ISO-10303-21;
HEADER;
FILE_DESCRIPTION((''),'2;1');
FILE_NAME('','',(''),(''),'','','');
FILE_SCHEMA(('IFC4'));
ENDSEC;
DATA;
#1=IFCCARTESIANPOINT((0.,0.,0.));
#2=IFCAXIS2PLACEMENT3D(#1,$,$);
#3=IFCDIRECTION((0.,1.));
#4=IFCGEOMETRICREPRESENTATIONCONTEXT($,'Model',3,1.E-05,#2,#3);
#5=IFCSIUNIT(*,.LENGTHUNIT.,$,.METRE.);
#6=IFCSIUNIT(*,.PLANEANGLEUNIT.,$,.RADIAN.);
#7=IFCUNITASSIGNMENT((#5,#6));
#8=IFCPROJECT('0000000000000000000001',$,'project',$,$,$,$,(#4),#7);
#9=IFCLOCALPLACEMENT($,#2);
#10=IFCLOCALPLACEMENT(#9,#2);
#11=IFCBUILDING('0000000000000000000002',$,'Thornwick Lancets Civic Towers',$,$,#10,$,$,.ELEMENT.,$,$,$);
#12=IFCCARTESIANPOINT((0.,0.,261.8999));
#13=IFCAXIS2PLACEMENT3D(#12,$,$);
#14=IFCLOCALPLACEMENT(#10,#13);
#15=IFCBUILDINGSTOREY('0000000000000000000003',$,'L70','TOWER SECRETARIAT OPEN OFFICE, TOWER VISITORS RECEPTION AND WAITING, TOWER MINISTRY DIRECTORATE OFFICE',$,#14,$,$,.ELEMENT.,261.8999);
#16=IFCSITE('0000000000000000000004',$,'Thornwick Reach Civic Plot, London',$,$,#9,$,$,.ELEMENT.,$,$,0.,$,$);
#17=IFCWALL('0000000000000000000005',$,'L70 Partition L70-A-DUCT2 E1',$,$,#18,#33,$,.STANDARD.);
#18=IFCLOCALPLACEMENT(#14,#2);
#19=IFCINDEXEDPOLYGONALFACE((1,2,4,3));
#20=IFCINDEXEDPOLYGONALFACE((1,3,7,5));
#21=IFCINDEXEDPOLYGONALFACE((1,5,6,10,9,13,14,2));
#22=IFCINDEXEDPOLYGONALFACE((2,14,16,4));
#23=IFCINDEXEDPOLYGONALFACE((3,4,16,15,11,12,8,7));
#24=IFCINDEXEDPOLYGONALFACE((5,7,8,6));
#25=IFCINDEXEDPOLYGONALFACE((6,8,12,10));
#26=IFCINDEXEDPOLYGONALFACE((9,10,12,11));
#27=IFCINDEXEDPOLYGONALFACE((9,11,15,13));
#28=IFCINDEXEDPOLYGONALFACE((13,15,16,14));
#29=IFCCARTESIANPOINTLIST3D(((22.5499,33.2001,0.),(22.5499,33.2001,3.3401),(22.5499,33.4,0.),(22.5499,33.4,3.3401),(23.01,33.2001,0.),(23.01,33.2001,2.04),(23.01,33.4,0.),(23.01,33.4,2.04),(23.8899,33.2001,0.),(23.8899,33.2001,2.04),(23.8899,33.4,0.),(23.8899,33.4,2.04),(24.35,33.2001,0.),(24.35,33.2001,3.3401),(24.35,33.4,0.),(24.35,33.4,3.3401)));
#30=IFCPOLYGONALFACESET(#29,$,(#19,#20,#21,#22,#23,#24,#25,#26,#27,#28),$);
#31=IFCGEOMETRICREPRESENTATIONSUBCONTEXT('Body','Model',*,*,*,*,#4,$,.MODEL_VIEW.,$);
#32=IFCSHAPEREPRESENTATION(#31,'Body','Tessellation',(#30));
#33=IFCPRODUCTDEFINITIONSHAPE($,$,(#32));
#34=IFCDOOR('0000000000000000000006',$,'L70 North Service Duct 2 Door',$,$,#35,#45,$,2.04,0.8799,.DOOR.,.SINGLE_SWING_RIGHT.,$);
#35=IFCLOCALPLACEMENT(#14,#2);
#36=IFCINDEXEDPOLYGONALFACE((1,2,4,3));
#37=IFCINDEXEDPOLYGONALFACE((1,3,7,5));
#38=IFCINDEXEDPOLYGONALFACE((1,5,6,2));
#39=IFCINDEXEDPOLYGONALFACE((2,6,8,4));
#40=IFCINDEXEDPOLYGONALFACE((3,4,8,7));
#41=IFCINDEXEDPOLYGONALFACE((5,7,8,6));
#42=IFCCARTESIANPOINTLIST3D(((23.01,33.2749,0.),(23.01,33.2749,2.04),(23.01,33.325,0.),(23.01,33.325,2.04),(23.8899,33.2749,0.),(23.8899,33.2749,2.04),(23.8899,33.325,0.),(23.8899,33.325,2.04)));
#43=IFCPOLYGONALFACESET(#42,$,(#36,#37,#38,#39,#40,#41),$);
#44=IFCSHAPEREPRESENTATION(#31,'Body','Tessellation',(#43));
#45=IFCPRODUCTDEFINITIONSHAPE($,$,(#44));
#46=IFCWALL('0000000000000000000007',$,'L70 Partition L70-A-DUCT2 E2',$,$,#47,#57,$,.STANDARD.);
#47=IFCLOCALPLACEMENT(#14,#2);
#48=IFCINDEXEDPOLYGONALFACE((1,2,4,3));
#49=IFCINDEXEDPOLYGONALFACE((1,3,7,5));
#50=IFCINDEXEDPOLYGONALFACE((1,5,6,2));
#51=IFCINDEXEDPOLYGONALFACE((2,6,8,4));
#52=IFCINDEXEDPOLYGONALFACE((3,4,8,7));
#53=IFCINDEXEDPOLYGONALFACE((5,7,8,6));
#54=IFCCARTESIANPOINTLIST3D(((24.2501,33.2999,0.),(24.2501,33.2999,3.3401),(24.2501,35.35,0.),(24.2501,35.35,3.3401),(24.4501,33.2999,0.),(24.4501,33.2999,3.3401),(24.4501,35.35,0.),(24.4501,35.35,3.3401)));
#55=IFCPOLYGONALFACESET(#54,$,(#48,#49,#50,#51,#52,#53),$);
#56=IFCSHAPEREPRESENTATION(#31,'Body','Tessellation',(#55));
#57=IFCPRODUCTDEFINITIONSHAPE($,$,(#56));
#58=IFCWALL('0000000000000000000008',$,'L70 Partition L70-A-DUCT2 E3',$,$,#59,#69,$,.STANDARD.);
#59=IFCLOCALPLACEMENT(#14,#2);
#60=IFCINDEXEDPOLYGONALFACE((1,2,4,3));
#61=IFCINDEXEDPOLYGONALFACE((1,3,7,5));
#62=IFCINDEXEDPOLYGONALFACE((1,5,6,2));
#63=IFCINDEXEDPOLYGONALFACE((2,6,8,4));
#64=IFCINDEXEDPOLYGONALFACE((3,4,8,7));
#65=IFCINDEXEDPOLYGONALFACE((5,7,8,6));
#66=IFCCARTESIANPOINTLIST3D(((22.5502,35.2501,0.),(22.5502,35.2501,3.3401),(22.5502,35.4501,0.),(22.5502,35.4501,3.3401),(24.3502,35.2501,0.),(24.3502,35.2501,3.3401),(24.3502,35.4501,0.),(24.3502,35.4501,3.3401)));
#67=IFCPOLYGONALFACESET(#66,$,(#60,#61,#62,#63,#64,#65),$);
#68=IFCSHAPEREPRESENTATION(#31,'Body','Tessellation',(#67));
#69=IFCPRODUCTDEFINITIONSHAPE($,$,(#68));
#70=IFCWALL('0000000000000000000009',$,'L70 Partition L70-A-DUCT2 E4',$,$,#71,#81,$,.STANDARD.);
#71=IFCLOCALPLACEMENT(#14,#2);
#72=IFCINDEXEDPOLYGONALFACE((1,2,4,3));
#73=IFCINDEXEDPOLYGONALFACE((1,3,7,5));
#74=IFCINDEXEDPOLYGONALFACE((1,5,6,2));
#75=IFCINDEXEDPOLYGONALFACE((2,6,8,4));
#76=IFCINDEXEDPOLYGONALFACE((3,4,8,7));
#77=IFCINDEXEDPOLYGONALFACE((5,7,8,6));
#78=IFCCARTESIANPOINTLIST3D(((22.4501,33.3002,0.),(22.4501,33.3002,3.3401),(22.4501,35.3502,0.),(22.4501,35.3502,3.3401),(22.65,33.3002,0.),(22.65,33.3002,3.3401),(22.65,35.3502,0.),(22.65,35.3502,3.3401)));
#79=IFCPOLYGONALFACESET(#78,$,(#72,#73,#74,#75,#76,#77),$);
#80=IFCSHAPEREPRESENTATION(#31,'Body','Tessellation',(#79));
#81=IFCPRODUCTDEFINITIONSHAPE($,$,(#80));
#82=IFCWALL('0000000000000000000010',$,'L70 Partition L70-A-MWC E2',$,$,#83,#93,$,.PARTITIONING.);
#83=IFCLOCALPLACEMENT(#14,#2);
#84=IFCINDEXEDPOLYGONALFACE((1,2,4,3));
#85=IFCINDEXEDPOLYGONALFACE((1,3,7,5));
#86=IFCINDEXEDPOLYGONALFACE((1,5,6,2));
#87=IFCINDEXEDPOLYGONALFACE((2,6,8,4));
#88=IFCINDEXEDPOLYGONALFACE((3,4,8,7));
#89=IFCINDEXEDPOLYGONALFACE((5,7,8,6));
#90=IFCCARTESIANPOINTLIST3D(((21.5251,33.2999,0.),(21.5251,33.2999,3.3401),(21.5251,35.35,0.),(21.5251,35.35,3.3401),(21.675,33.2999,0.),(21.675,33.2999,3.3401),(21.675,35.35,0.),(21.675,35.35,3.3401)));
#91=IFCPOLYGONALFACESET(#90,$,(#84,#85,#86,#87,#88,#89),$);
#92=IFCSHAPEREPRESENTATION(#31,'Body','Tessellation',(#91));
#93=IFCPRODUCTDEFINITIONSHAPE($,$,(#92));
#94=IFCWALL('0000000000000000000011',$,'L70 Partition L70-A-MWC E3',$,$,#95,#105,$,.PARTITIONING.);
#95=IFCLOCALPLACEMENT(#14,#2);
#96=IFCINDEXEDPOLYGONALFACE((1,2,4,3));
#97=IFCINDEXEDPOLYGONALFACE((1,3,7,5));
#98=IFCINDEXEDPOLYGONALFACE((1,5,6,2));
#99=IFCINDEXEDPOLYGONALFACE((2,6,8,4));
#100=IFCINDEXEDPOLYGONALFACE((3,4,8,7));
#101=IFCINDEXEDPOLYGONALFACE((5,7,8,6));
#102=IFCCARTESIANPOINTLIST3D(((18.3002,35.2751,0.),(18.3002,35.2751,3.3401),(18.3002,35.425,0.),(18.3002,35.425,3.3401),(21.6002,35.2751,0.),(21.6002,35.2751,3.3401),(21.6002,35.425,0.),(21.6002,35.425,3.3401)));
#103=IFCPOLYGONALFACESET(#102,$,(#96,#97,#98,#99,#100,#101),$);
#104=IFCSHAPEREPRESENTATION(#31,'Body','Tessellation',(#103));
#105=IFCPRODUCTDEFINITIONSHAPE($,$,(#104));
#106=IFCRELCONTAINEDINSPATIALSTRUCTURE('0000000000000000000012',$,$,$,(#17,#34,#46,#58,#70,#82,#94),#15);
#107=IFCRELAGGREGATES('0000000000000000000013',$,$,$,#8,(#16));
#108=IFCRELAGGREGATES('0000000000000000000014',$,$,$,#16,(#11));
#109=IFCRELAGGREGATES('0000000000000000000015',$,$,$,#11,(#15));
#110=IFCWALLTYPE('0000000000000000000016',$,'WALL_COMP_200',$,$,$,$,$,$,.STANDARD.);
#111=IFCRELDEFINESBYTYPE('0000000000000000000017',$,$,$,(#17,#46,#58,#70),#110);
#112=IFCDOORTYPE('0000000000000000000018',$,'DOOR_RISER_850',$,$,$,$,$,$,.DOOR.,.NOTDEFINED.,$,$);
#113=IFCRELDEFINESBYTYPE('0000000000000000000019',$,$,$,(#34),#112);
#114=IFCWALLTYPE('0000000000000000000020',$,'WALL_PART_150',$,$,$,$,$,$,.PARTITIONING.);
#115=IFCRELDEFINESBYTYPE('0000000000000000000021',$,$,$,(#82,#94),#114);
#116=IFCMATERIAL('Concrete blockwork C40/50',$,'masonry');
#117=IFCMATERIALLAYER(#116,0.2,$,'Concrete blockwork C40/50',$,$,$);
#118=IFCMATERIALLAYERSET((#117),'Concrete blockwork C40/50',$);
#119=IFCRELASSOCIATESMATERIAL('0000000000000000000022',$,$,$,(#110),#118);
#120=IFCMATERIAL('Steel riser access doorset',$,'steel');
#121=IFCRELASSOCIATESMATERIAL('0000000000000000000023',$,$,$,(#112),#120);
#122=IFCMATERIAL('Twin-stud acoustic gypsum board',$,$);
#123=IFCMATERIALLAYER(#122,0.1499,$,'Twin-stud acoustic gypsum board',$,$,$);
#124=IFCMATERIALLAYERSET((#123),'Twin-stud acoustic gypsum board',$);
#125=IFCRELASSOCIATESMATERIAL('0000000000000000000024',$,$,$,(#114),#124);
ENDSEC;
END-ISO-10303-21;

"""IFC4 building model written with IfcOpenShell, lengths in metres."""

from ifc_helpers import new_model, si_unit, direction, frame, frame_2d, origin, place, context, subcontext, project, spatial, rectangle, extrude, material, layer, layer_set, type_object, element, fill, save


model = new_model("IFC4")

# Units and contexts
model_context = context("Model", 3, precision=1e-05, world=origin(), true_north=direction((0.0, 1.0)))
body_context = subcontext(model_context, "Body", "Model", "MODEL_VIEW")
ifc_project = project(units=[si_unit("LENGTHUNIT", "METRE"), si_unit("PLANEANGLEUNIT", "RADIAN")], contexts=[model_context])

# Site, building, storey
site_placement = place(None, origin())
site = spatial("IfcSite", under=ifc_project, at=site_placement, Name="Thornwick Reach Civic Plot, London", CompositionType="ELEMENT", RefElevation=0.0)
building_placement = place(site_placement, origin())
building = spatial("IfcBuilding", under=site, at=building_placement, Name="Thornwick Lancets Civic Towers", CompositionType="ELEMENT")
storey_placement = place(building_placement, frame((0.0, 0.0, 261.8999)))
storey = spatial("IfcBuildingStorey", under=building, at=storey_placement, Name="L70", Description="TOWER SECRETARIAT OPEN OFFICE, TOWER VISITORS RECEPTION AND WAITING, TOWER MINISTRY DIRECTORATE OFFICE", CompositionType="ELEMENT", Elevation=261.8999)

# Shared definitions
ifc_material_1 = material(Name="Concrete blockwork C40/50", Category="masonry")
ifc_layer_1 = layer(ifc_material_1, 0.2, Name="Concrete blockwork C40/50")
ifc_layer_set_1 = layer_set([ifc_layer_1], Name="Concrete blockwork C40/50")
wall_type_1 = type_object("IfcWallType", Name="WALL_COMP_200", PredefinedType="STANDARD", material=ifc_layer_set_1)

# Wall, opening, door
wall_1_placement = place(storey_placement, frame((22.55, 33.3, 0.0), z_axis=(0.0, 0.0, 1.0), x_axis=(1.0, 0.0, 0.0)))
wall_1 = element("IfcWall", 1, at=wall_1_placement, inside=storey, type_object=wall_type_1, Name="L70 Partition L70-A-DUCT2 E1", PredefinedType="STANDARD", context=body_context, shape_type="SweptSolid", body=[
    extrude(rectangle(XDim=1.8, YDim=0.2, at=frame_2d((0.8999, 0.0))), origin(), (0.0, 0.0, 1.0), 3.3401),
])
opening_1_placement = place(wall_1_placement, frame((0.46, 0.0, 0.0)))
opening_1 = element("IfcOpeningElement", 2, at=opening_1_placement, cuts=wall_1, PredefinedType="OPENING", context=body_context, shape_type="SweptSolid", body=[
    extrude(rectangle(XDim=0.8799, YDim=2.04, at=frame_2d((0.4399, 1.02))), frame((0.0, 0.1099, 0.0), z_axis=(0.0, -1.0, 0.0), x_axis=(1.0, 0.0, 0.0)), (0.0, 0.0, 1.0), 0.22),
])
ifc_material_2 = material(Name="Steel riser access doorset", Category="steel")
door_type_1 = type_object("IfcDoorType", Name="DOOR_RISER_850", OperationType="NOTDEFINED", PredefinedType="DOOR", material=ifc_material_2)
door_1_placement = place(opening_1_placement, origin())
door_1 = element("IfcDoor", 3, at=door_1_placement, inside=storey, type_object=door_type_1, Name="L70 North Service Duct 2 Door", OperationType="SINGLE_SWING_RIGHT", OverallHeight=2.04, OverallWidth=0.8799, PredefinedType="DOOR", context=body_context, shape_type="SweptSolid", body=[
    extrude(rectangle(XDim=0.8799, YDim=2.04, at=frame_2d((0.4399, 1.02))), frame((0.0, 0.0249, 0.0), z_axis=(0.0, -1.0, 0.0), x_axis=(1.0, 0.0, 0.0)), (0.0, 0.0, 1.0), 0.05),
])
fill(opening_1, door_1)

# Walls
wall_2_placement = place(storey_placement, frame((24.3501, 33.3, 0.0), z_axis=(0.0, 0.0, 1.0), x_axis=(0.0, 1.0, 0.0)))
element("IfcWall", 4, at=wall_2_placement, inside=storey, type_object=wall_type_1, Name="L70 Partition L70-A-DUCT2 E2", PredefinedType="STANDARD", context=body_context, shape_type="SweptSolid", body=[
    extrude(rectangle(XDim=2.05, YDim=0.2, at=frame_2d((1.0249, 0.0))), origin(), (0.0, 0.0, 1.0), 3.3401),
])
wall_3_placement = place(storey_placement, frame((24.3501, 35.3501, 0.0), z_axis=(0.0, 0.0, 1.0), x_axis=(-1.0, 0.0, 0.0)))
element("IfcWall", 5, at=wall_3_placement, inside=storey, type_object=wall_type_1, Name="L70 Partition L70-A-DUCT2 E3", PredefinedType="STANDARD", context=body_context, shape_type="SweptSolid", body=[
    extrude(rectangle(XDim=1.8, YDim=0.2, at=frame_2d((0.8999, 0.0))), origin(), (0.0, 0.0, 1.0), 3.3401),
])
wall_4_placement = place(storey_placement, frame((22.55, 35.3501, 0.0), z_axis=(0.0, 0.0, 1.0), x_axis=(0.0, -1.0, 0.0)))
element("IfcWall", 6, at=wall_4_placement, inside=storey, type_object=wall_type_1, Name="L70 Partition L70-A-DUCT2 E4", PredefinedType="STANDARD", context=body_context, shape_type="SweptSolid", body=[
    extrude(rectangle(XDim=2.05, YDim=0.2, at=frame_2d((1.0249, 0.0))), origin(), (0.0, 0.0, 1.0), 3.3401),
])
ifc_material_3 = material(Name="Twin-stud acoustic gypsum board")
ifc_layer_2 = layer(ifc_material_3, 0.1499, Name="Twin-stud acoustic gypsum board")
ifc_layer_set_2 = layer_set([ifc_layer_2], Name="Twin-stud acoustic gypsum board")
wall_type_2 = type_object("IfcWallType", Name="WALL_PART_150", PredefinedType="PARTITIONING", material=ifc_layer_set_2)
wall_5_placement = place(storey_placement, frame((21.6001, 33.3, 0.0), z_axis=(0.0, 0.0, 1.0), x_axis=(0.0, 1.0, 0.0)))
element("IfcWall", 7, at=wall_5_placement, inside=storey, type_object=wall_type_2, Name="L70 Partition L70-A-MWC E2", PredefinedType="PARTITIONING", context=body_context, shape_type="SweptSolid", body=[
    extrude(rectangle(XDim=2.05, YDim=0.1499, at=frame_2d((1.0249, 0.0))), origin(), (0.0, 0.0, 1.0), 3.3401),
])
wall_6_placement = place(storey_placement, frame((21.6001, 35.3501, 0.0), z_axis=(0.0, 0.0, 1.0), x_axis=(-1.0, 0.0, 0.0)))
element("IfcWall", 8, at=wall_6_placement, inside=storey, type_object=wall_type_2, Name="L70 Partition L70-A-MWC E3", PredefinedType="PARTITIONING", context=body_context, shape_type="SweptSolid", body=[
    extrude(rectangle(XDim=3.3, YDim=0.1499, at=frame_2d((1.6499, 0.0))), origin(), (0.0, 0.0, 1.0), 3.3401),
])

save(model, "model.ifc")
